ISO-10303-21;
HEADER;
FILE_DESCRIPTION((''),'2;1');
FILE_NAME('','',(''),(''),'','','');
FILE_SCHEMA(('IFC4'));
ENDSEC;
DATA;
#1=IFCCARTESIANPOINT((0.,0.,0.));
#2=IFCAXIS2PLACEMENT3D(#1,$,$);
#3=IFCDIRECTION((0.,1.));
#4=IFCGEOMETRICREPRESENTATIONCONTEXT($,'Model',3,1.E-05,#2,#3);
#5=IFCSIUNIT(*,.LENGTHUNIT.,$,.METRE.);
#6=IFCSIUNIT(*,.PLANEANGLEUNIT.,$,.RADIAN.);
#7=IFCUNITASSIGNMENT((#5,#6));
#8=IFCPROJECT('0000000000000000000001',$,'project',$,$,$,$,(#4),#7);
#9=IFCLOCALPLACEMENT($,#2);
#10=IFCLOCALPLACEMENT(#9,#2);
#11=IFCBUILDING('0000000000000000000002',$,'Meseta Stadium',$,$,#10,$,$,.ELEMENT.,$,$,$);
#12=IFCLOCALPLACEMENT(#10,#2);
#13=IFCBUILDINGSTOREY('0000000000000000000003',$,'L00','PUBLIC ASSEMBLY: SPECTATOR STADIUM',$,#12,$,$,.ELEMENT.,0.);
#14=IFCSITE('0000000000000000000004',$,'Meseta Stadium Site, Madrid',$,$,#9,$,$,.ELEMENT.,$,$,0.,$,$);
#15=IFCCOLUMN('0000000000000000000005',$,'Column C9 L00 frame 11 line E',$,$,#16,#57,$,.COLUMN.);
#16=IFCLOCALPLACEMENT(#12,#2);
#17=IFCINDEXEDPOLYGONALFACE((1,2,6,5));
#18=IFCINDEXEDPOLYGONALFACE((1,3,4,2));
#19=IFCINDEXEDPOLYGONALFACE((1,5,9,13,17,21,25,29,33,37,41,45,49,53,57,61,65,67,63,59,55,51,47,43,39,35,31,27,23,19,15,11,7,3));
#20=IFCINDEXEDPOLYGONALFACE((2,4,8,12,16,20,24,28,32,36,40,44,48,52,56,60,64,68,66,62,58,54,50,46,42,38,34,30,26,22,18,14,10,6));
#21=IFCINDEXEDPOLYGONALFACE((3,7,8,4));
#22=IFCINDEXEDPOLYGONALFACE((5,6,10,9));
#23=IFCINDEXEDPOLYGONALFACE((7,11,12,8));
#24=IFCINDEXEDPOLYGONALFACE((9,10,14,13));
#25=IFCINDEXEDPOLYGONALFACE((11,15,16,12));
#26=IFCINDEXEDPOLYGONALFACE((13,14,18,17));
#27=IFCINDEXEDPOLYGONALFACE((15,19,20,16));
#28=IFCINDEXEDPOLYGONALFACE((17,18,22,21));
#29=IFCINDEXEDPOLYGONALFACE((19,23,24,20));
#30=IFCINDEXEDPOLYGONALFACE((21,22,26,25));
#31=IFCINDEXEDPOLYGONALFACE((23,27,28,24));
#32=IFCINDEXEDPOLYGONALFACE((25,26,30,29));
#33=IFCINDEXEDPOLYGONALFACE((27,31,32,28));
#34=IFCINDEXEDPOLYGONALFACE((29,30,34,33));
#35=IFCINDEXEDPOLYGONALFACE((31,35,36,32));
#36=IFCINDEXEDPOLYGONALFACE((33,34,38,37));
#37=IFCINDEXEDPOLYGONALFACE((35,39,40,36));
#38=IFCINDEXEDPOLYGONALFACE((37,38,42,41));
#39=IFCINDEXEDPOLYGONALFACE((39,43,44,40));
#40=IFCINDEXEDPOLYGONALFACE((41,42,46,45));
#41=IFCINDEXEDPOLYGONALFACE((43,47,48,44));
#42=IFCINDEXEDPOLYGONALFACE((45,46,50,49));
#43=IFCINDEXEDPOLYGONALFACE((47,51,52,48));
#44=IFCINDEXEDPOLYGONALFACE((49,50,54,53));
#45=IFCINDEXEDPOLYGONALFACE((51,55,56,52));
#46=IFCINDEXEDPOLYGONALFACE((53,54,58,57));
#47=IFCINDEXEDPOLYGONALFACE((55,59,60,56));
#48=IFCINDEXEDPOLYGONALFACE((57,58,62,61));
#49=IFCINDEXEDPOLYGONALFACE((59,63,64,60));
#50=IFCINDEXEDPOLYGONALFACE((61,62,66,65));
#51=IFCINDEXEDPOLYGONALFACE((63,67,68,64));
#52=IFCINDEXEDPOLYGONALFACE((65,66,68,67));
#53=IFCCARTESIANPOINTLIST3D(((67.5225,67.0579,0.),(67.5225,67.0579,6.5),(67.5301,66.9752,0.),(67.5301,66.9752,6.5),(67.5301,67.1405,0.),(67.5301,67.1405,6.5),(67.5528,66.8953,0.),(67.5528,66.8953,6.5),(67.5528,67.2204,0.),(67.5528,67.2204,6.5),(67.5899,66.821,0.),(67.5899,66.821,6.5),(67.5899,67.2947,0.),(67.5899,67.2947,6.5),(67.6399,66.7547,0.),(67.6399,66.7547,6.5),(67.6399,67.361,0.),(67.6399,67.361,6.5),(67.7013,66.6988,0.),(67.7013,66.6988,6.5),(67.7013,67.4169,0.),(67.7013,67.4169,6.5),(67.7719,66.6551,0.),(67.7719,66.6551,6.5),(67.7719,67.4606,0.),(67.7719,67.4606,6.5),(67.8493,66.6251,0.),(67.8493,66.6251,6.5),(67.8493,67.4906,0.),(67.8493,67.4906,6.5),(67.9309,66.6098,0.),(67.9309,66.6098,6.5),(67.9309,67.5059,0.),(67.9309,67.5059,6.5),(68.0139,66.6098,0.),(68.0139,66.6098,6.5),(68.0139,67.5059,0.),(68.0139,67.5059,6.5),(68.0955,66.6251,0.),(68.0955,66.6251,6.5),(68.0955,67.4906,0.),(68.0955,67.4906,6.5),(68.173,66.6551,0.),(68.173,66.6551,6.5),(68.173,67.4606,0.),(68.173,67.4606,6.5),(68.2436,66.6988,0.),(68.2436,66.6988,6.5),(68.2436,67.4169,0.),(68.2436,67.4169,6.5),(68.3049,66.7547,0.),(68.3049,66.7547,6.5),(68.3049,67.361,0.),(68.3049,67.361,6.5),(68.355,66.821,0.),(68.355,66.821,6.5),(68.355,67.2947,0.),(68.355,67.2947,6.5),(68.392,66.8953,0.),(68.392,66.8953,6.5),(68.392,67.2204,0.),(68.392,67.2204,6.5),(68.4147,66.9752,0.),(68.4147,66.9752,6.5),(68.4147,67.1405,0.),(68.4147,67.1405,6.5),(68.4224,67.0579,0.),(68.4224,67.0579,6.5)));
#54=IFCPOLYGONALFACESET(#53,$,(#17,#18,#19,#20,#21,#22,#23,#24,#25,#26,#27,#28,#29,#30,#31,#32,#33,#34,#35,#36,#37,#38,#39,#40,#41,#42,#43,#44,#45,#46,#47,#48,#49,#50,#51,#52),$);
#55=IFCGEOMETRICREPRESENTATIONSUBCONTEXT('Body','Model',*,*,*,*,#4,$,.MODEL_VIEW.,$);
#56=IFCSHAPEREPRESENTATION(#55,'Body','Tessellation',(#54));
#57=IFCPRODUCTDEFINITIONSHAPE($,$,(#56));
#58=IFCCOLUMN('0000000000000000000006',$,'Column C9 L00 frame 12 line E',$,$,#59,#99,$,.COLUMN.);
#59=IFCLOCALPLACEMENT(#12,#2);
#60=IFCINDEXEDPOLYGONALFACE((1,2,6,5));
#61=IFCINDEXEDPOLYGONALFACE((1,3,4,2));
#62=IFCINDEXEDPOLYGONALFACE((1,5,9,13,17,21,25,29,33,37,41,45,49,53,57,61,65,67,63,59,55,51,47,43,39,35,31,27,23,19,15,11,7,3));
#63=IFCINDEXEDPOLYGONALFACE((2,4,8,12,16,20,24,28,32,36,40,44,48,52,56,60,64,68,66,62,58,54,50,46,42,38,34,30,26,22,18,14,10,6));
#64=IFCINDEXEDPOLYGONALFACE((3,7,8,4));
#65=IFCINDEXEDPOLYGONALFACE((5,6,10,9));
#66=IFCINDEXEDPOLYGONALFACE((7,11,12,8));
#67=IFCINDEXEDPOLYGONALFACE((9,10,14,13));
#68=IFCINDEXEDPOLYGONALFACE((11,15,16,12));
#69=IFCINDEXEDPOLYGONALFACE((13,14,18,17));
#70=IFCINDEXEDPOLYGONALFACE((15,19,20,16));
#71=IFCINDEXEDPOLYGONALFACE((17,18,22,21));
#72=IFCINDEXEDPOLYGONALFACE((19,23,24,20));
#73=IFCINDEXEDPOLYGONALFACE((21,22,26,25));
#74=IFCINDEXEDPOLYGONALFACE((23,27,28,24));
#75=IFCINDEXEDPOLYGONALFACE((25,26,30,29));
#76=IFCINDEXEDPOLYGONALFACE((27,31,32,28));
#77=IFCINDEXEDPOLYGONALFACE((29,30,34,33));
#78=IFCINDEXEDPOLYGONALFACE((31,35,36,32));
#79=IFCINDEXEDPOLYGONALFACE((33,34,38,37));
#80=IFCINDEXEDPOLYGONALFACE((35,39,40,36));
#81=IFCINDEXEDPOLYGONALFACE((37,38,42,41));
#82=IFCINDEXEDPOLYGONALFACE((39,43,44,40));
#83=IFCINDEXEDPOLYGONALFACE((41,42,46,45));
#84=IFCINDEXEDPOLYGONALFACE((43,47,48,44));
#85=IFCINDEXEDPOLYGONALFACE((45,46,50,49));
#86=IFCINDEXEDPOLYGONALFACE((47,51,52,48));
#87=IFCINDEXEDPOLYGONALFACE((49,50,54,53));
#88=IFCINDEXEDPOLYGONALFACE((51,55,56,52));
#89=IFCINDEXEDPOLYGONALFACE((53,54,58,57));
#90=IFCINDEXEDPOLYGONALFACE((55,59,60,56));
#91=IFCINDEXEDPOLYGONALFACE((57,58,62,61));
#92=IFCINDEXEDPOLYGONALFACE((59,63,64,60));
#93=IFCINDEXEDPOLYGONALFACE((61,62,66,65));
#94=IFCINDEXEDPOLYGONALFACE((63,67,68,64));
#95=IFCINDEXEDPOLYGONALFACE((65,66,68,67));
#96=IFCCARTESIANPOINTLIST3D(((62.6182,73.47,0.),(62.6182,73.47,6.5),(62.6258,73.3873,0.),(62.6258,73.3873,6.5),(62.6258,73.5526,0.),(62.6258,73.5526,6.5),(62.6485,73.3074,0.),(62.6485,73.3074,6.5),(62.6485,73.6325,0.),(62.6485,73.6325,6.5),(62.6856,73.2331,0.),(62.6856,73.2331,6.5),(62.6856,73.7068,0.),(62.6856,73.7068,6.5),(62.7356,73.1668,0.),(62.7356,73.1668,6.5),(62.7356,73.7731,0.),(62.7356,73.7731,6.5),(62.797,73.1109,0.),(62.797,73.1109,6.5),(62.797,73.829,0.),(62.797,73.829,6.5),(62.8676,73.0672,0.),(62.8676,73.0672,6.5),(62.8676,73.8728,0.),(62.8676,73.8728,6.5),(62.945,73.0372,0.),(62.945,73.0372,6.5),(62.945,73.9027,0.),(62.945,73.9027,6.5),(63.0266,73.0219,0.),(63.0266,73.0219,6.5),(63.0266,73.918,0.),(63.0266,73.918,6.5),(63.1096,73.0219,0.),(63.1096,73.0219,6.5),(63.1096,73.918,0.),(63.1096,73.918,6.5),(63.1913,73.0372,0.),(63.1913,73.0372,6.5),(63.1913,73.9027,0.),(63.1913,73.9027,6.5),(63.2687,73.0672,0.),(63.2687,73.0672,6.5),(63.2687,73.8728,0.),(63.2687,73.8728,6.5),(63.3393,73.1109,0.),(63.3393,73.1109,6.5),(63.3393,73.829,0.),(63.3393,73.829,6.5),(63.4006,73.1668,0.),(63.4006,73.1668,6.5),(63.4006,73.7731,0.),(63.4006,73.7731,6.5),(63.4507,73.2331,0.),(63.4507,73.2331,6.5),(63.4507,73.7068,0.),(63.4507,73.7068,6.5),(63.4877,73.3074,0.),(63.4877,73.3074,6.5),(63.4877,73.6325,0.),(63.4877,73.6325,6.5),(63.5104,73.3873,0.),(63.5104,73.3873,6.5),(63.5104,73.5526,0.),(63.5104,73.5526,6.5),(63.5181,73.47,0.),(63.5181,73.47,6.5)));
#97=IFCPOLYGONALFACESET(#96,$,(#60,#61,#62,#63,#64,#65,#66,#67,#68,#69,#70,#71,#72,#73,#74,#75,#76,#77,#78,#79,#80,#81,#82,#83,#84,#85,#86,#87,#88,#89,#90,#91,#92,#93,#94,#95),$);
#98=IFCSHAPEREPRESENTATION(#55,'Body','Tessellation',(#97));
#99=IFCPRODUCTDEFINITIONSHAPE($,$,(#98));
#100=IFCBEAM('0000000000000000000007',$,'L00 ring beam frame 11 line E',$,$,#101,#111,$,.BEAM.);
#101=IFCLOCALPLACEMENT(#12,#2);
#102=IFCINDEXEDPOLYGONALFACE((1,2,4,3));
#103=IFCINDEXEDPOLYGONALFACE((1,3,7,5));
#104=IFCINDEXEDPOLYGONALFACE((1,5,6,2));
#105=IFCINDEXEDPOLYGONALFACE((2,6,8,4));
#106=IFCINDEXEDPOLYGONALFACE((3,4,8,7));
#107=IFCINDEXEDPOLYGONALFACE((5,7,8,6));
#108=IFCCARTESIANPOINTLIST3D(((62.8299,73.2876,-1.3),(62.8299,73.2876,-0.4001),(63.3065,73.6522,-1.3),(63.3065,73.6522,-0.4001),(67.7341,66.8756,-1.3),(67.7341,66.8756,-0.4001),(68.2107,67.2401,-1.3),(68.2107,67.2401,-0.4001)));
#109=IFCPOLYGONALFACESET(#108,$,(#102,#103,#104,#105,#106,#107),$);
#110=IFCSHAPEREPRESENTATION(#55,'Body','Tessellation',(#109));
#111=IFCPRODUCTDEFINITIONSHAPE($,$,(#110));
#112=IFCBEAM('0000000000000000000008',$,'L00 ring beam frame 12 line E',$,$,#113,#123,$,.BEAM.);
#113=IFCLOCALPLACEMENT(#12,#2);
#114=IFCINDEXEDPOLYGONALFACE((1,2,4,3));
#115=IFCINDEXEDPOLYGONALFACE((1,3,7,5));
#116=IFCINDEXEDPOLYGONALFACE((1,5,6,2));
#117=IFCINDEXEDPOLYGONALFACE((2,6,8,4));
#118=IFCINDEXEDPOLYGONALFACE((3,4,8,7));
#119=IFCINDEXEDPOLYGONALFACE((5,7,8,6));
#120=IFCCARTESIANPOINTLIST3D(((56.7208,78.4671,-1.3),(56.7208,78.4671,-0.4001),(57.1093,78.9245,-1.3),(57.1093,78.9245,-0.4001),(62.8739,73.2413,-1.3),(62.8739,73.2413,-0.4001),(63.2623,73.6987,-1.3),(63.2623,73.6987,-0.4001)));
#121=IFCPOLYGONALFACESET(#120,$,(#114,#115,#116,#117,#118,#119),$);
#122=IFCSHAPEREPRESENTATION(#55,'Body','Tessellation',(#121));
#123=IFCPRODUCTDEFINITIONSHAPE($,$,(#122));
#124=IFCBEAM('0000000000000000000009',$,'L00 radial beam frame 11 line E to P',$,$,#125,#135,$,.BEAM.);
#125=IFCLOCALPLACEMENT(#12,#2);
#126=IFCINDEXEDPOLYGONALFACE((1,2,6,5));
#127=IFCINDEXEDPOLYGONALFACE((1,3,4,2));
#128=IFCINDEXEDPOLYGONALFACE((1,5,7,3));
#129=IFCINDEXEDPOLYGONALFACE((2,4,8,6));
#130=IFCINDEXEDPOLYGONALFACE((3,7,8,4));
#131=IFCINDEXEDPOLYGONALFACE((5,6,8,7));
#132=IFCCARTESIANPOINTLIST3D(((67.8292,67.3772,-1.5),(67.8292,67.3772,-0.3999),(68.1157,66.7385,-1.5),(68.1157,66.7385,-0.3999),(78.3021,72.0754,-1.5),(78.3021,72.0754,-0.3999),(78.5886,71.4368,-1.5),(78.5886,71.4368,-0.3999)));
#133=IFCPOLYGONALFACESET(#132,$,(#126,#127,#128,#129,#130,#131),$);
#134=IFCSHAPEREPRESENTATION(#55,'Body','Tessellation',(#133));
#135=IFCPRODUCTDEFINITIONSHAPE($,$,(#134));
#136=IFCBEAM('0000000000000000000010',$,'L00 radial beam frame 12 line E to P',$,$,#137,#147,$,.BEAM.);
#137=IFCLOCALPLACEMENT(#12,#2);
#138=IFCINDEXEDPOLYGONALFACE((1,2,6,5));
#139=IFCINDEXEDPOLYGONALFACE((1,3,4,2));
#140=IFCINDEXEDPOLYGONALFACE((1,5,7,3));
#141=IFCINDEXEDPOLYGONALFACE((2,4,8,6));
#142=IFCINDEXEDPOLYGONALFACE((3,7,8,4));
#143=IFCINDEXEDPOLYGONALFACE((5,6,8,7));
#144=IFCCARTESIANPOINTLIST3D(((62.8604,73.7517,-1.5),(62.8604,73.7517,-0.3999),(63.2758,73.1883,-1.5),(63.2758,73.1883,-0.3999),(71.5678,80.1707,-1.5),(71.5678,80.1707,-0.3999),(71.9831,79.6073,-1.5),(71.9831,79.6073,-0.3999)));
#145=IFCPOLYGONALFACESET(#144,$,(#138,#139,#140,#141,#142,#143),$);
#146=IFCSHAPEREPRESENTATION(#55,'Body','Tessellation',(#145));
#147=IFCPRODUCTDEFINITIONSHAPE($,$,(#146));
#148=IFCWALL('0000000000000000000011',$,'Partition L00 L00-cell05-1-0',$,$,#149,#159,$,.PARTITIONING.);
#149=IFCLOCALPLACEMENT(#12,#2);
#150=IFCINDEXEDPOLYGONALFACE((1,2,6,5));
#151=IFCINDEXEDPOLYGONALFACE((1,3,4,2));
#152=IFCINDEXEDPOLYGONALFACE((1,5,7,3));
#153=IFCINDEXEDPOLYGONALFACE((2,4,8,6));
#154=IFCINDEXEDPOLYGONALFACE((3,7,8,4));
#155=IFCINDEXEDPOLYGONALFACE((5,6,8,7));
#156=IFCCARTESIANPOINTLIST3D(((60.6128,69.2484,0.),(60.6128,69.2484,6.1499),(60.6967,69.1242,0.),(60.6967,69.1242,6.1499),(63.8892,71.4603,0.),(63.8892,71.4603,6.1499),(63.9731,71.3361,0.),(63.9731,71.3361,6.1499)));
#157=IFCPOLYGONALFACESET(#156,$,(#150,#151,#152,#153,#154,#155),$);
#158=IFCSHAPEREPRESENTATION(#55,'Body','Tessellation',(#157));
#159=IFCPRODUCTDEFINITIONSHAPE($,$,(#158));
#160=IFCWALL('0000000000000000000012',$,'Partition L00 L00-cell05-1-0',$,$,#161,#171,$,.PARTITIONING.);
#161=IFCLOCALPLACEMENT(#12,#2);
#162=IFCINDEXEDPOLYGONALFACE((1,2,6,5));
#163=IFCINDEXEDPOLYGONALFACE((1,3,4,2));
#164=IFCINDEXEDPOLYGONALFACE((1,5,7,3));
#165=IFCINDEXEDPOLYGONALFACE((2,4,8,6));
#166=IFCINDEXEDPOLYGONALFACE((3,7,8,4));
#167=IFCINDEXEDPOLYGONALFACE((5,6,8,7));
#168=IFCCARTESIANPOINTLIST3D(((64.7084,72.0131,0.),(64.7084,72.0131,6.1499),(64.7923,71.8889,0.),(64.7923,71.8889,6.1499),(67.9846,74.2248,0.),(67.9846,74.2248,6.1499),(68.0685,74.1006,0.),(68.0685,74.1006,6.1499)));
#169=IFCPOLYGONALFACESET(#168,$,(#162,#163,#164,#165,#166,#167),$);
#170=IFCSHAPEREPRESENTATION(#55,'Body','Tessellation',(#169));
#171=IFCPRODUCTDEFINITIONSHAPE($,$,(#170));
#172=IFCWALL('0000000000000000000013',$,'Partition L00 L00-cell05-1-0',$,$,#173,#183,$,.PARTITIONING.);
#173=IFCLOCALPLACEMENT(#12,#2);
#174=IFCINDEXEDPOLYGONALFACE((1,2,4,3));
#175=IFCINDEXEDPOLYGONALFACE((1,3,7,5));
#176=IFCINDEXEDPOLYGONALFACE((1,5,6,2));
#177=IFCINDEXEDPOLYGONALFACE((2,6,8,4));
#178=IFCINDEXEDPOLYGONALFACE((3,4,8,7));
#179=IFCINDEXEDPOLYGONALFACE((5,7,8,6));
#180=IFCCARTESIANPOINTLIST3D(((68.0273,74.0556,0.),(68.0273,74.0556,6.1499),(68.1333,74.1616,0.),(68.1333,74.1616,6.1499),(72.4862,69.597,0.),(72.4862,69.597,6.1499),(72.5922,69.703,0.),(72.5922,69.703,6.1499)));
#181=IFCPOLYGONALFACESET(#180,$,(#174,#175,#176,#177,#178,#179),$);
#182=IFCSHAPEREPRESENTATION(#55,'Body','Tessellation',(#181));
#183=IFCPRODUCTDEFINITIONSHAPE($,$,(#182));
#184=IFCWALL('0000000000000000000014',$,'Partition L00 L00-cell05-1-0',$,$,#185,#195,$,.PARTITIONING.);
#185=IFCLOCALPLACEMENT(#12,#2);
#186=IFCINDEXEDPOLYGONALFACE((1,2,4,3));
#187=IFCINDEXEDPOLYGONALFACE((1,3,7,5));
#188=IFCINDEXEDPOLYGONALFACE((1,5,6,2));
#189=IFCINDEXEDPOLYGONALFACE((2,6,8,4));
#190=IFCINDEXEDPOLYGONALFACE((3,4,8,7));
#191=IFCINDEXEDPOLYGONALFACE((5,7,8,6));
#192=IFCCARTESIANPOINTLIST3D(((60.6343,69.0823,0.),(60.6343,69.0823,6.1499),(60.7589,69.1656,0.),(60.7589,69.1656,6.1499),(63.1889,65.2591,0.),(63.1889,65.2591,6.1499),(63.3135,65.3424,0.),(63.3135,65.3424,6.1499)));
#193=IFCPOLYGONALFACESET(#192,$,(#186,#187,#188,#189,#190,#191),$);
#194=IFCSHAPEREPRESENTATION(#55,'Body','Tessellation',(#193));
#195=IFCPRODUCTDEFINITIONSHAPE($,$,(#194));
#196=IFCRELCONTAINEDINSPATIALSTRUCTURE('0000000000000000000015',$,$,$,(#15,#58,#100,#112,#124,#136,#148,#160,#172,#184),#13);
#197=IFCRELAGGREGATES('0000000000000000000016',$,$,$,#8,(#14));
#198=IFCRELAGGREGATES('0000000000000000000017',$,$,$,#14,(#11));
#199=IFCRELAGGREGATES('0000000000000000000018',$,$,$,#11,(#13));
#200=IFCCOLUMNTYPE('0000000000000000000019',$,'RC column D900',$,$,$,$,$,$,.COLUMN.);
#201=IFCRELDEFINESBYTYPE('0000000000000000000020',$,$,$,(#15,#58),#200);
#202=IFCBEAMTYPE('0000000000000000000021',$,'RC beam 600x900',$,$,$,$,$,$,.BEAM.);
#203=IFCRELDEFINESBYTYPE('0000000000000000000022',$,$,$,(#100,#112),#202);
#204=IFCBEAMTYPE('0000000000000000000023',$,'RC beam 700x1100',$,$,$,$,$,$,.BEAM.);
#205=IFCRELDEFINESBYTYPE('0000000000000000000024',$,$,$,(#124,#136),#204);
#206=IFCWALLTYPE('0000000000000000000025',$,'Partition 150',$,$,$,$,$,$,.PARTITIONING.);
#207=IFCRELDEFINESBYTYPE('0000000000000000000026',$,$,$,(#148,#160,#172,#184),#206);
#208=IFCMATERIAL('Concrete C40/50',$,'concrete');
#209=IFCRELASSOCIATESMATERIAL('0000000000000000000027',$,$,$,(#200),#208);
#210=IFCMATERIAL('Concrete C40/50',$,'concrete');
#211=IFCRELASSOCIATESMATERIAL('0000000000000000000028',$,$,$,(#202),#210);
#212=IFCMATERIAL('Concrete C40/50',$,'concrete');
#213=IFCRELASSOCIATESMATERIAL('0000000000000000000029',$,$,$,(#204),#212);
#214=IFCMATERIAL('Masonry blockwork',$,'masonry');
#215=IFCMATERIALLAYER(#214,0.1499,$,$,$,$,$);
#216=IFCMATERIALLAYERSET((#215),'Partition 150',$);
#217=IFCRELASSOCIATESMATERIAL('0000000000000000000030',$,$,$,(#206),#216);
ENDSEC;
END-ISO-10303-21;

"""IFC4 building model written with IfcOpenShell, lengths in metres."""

from ifc_helpers import new_model, si_unit, direction, frame, frame_2d, origin, origin_2d, place, context, subcontext, project, spatial, rectangle, circle, extrude, material, layer, layer_set, material_profile, profile_set, type_object, element, save


model = new_model("IFC4")

# Units and contexts
model_context = context("Model", 3, precision=1e-05, world=origin(), true_north=direction((0.0, 1.0)))
body_context = subcontext(model_context, "Body", "Model", "MODEL_VIEW")
ifc_project = project(units=[si_unit("LENGTHUNIT", "METRE"), si_unit("PLANEANGLEUNIT", "RADIAN")], contexts=[model_context])

# Site, building, storey
site_placement = place(None, origin())
site = spatial("IfcSite", under=ifc_project, at=site_placement, Name="Meseta Stadium Site, Madrid", CompositionType="ELEMENT", RefElevation=0.0)
building_placement = place(site_placement, origin())
building = spatial("IfcBuilding", under=site, at=building_placement, Name="Meseta Stadium", CompositionType="ELEMENT")
storey_placement = place(building_placement, origin())
storey = spatial("IfcBuildingStorey", under=building, at=storey_placement, Name="L00", Description="PUBLIC ASSEMBLY: SPECTATOR STADIUM", CompositionType="ELEMENT", Elevation=0.0)

# Columns
ifc_material_1 = material(Name="Concrete C40/50", Category="concrete")
ifc_material_profile_1 = material_profile(ifc_material_1, circle(Radius=0.45, at=origin_2d()), Name="RC D900")
ifc_profile_set_1 = profile_set([ifc_material_profile_1], Name="Concrete C40/50")
column_type = type_object("IfcColumnType", Name="RC column D900", PredefinedType="COLUMN", material=ifc_profile_set_1)
for number, where, z_axis, x_axis, name in (
    (1, (67.9724, 67.0579, 0.0), (0.0, 0.0, 1.0), (1.0, 0.0, 0.0), "Column C9 L00 frame 11 line E"),
    (2, (63.0681, 73.47, 0.0), (0.0, 0.0, 1.0), (1.0, 0.0, 0.0), "Column C9 L00 frame 12 line E"),
):
    element("IfcColumn", number, at=place(storey_placement, frame(where, z_axis=z_axis, x_axis=x_axis)), inside=storey, type_object=column_type, Name=name, PredefinedType="COLUMN", context=body_context, shape_type="SweptSolid", body=[
        extrude(circle(Radius=0.45, at=origin_2d()), origin(), (0.0, 0.0, 1.0), 6.5),
    ])

# Beams
ifc_material_2 = material(Name="Concrete C40/50", Category="concrete")
ifc_material_profile_2 = material_profile(ifc_material_2, rectangle(XDim=0.6001, YDim=0.8999, at=origin_2d()), Name="RC 600x900")
ifc_profile_set_2 = profile_set([ifc_material_profile_2], Name="Concrete C40/50")
beam_type_1 = type_object("IfcBeamType", Name="RC beam 600x900", PredefinedType="BEAM", material=ifc_profile_set_2)
beam_1_placement = place(storey_placement, frame((67.9724, 67.0579, -0.8501), z_axis=(-0.607522, 0.794303, 0.0), x_axis=(-0.794303, -0.607522, 0.0)))
element("IfcBeam", 3, at=beam_1_placement, inside=storey, type_object=beam_type_1, Name="L00 ring beam frame 11 line E", PredefinedType="BEAM", context=body_context, shape_type="SweptSolid", body=[
    extrude(rectangle(XDim=0.6001, YDim=0.8999, at=origin_2d()), origin(), (0.0, 0.0, 1.0), 8.0725),
])
beam_2_placement = place(storey_placement, frame((63.0681, 73.47, -0.8501), z_axis=(-0.762201, 0.64734, 0.0), x_axis=(-0.64734, -0.762201, 0.0)))
element("IfcBeam", 4, at=beam_2_placement, inside=storey, type_object=beam_type_1, Name="L00 ring beam frame 12 line E", PredefinedType="BEAM", context=body_context, shape_type="SweptSolid", body=[
    extrude(rectangle(XDim=0.6001, YDim=0.8999, at=origin_2d()), origin(), (0.0, 0.0, 1.0), 8.0728),
])
ifc_material_3 = material(Name="Concrete C40/50", Category="concrete")
ifc_material_profile_3 = material_profile(ifc_material_3, rectangle(XDim=0.7, YDim=1.1001, at=origin_2d()), Name="RC 700x1100")
ifc_profile_set_3 = profile_set([ifc_material_profile_3], Name="Concrete C40/50")
beam_type_2 = type_object("IfcBeamType", Name="RC beam 700x1100", PredefinedType="BEAM", material=ifc_profile_set_3)
beam_3_placement = place(storey_placement, frame((67.9724, 67.0579, -0.95), z_axis=(0.912396, 0.409309, 0.0), x_axis=(-0.409309, 0.912396, 0.0)))
element("IfcBeam", 5, at=beam_3_placement, inside=storey, type_object=beam_type_2, Name="L00 radial beam frame 11 line E to P", PredefinedType="BEAM", context=body_context, shape_type="SweptSolid", body=[
    extrude(rectangle(XDim=0.7, YDim=1.1001, at=origin_2d()), origin(), (0.0, 0.0, 1.0), 11.4785),
])
beam_4_placement = place(storey_placement, frame((63.0681, 73.47, -0.95), z_axis=(0.804921, 0.593382, 0.0), x_axis=(-0.593382, 0.804921, 0.0)))
element("IfcBeam", 6, at=beam_4_placement, inside=storey, type_object=beam_type_2, Name="L00 radial beam frame 12 line E to P", PredefinedType="BEAM", context=body_context, shape_type="SweptSolid", body=[
    extrude(rectangle(XDim=0.7, YDim=1.1001, at=origin_2d()), origin(), (0.0, 0.0, 1.0), 10.8176),
])

# Walls
ifc_material_4 = material(Name="Masonry blockwork", Category="masonry")
ifc_layer = layer(ifc_material_4, 0.1499)
ifc_layer_set = layer_set([ifc_layer], Name="Partition 150")
wall_type = type_object("IfcWallType", Name="Partition 150", PredefinedType="PARTITIONING", material=ifc_layer_set)
wall_1_placement = place(storey_placement, frame((60.6548, 69.1863, 0.0), z_axis=(0.0, 0.0, 1.0), x_axis=(0.828806, 0.559536, 0.0)))
element("IfcWall", 7, at=wall_1_placement, inside=storey, type_object=wall_type, Name="Partition L00 L00-cell05-1-0", PredefinedType="PARTITIONING", context=body_context, shape_type="SweptSolid", body=[
    extrude(rectangle(XDim=3.9531, YDim=0.1499, at=frame_2d((1.9766, 0.0))), origin(), (0.0, 0.0, 1.0), 6.1499),
])
wall_2_placement = place(storey_placement, frame((64.7502, 71.9509, 0.0), z_axis=(0.0, 0.0, 1.0), x_axis=(0.828815, 0.559523, 0.0)))
element("IfcWall", 8, at=wall_2_placement, inside=storey, type_object=wall_type, Name="Partition L00 L00-cell05-1-0", PredefinedType="PARTITIONING", context=body_context, shape_type="SweptSolid", body=[
    extrude(rectangle(XDim=3.9529, YDim=0.1499, at=frame_2d((1.9766, 0.0))), origin(), (0.0, 0.0, 1.0), 6.1499),
])
wall_3_placement = place(storey_placement, frame((68.0803, 74.1086, 0.0), z_axis=(0.0, 0.0, 1.0), x_axis=(0.707126, -0.707087, 0.0)))
element("IfcWall", 9, at=wall_3_placement, inside=storey, type_object=wall_type, Name="Partition L00 L00-cell05-1-0", PredefinedType="PARTITIONING", context=body_context, shape_type="SweptSolid", body=[
    extrude(rectangle(XDim=6.3057, YDim=0.1499, at=frame_2d((3.1528, 0.0))), origin(), (0.0, 0.0, 1.0), 6.1499),
])
wall_4_placement = place(storey_placement, frame((63.2512, 65.3008, 0.0), z_axis=(0.0, 0.0, 1.0), x_axis=(-0.555582, 0.831462, 0.0)))
element("IfcWall", 10, at=wall_4_placement, inside=storey, type_object=wall_type, Name="Partition L00 L00-cell05-1-0", PredefinedType="PARTITIONING", context=body_context, shape_type="SweptSolid", body=[
    extrude(rectangle(XDim=4.5981, YDim=0.1499, at=frame_2d((2.2991, 0.0))), origin(), (0.0, 0.0, 1.0), 6.1499),
])

save(model, "model.ifc")
